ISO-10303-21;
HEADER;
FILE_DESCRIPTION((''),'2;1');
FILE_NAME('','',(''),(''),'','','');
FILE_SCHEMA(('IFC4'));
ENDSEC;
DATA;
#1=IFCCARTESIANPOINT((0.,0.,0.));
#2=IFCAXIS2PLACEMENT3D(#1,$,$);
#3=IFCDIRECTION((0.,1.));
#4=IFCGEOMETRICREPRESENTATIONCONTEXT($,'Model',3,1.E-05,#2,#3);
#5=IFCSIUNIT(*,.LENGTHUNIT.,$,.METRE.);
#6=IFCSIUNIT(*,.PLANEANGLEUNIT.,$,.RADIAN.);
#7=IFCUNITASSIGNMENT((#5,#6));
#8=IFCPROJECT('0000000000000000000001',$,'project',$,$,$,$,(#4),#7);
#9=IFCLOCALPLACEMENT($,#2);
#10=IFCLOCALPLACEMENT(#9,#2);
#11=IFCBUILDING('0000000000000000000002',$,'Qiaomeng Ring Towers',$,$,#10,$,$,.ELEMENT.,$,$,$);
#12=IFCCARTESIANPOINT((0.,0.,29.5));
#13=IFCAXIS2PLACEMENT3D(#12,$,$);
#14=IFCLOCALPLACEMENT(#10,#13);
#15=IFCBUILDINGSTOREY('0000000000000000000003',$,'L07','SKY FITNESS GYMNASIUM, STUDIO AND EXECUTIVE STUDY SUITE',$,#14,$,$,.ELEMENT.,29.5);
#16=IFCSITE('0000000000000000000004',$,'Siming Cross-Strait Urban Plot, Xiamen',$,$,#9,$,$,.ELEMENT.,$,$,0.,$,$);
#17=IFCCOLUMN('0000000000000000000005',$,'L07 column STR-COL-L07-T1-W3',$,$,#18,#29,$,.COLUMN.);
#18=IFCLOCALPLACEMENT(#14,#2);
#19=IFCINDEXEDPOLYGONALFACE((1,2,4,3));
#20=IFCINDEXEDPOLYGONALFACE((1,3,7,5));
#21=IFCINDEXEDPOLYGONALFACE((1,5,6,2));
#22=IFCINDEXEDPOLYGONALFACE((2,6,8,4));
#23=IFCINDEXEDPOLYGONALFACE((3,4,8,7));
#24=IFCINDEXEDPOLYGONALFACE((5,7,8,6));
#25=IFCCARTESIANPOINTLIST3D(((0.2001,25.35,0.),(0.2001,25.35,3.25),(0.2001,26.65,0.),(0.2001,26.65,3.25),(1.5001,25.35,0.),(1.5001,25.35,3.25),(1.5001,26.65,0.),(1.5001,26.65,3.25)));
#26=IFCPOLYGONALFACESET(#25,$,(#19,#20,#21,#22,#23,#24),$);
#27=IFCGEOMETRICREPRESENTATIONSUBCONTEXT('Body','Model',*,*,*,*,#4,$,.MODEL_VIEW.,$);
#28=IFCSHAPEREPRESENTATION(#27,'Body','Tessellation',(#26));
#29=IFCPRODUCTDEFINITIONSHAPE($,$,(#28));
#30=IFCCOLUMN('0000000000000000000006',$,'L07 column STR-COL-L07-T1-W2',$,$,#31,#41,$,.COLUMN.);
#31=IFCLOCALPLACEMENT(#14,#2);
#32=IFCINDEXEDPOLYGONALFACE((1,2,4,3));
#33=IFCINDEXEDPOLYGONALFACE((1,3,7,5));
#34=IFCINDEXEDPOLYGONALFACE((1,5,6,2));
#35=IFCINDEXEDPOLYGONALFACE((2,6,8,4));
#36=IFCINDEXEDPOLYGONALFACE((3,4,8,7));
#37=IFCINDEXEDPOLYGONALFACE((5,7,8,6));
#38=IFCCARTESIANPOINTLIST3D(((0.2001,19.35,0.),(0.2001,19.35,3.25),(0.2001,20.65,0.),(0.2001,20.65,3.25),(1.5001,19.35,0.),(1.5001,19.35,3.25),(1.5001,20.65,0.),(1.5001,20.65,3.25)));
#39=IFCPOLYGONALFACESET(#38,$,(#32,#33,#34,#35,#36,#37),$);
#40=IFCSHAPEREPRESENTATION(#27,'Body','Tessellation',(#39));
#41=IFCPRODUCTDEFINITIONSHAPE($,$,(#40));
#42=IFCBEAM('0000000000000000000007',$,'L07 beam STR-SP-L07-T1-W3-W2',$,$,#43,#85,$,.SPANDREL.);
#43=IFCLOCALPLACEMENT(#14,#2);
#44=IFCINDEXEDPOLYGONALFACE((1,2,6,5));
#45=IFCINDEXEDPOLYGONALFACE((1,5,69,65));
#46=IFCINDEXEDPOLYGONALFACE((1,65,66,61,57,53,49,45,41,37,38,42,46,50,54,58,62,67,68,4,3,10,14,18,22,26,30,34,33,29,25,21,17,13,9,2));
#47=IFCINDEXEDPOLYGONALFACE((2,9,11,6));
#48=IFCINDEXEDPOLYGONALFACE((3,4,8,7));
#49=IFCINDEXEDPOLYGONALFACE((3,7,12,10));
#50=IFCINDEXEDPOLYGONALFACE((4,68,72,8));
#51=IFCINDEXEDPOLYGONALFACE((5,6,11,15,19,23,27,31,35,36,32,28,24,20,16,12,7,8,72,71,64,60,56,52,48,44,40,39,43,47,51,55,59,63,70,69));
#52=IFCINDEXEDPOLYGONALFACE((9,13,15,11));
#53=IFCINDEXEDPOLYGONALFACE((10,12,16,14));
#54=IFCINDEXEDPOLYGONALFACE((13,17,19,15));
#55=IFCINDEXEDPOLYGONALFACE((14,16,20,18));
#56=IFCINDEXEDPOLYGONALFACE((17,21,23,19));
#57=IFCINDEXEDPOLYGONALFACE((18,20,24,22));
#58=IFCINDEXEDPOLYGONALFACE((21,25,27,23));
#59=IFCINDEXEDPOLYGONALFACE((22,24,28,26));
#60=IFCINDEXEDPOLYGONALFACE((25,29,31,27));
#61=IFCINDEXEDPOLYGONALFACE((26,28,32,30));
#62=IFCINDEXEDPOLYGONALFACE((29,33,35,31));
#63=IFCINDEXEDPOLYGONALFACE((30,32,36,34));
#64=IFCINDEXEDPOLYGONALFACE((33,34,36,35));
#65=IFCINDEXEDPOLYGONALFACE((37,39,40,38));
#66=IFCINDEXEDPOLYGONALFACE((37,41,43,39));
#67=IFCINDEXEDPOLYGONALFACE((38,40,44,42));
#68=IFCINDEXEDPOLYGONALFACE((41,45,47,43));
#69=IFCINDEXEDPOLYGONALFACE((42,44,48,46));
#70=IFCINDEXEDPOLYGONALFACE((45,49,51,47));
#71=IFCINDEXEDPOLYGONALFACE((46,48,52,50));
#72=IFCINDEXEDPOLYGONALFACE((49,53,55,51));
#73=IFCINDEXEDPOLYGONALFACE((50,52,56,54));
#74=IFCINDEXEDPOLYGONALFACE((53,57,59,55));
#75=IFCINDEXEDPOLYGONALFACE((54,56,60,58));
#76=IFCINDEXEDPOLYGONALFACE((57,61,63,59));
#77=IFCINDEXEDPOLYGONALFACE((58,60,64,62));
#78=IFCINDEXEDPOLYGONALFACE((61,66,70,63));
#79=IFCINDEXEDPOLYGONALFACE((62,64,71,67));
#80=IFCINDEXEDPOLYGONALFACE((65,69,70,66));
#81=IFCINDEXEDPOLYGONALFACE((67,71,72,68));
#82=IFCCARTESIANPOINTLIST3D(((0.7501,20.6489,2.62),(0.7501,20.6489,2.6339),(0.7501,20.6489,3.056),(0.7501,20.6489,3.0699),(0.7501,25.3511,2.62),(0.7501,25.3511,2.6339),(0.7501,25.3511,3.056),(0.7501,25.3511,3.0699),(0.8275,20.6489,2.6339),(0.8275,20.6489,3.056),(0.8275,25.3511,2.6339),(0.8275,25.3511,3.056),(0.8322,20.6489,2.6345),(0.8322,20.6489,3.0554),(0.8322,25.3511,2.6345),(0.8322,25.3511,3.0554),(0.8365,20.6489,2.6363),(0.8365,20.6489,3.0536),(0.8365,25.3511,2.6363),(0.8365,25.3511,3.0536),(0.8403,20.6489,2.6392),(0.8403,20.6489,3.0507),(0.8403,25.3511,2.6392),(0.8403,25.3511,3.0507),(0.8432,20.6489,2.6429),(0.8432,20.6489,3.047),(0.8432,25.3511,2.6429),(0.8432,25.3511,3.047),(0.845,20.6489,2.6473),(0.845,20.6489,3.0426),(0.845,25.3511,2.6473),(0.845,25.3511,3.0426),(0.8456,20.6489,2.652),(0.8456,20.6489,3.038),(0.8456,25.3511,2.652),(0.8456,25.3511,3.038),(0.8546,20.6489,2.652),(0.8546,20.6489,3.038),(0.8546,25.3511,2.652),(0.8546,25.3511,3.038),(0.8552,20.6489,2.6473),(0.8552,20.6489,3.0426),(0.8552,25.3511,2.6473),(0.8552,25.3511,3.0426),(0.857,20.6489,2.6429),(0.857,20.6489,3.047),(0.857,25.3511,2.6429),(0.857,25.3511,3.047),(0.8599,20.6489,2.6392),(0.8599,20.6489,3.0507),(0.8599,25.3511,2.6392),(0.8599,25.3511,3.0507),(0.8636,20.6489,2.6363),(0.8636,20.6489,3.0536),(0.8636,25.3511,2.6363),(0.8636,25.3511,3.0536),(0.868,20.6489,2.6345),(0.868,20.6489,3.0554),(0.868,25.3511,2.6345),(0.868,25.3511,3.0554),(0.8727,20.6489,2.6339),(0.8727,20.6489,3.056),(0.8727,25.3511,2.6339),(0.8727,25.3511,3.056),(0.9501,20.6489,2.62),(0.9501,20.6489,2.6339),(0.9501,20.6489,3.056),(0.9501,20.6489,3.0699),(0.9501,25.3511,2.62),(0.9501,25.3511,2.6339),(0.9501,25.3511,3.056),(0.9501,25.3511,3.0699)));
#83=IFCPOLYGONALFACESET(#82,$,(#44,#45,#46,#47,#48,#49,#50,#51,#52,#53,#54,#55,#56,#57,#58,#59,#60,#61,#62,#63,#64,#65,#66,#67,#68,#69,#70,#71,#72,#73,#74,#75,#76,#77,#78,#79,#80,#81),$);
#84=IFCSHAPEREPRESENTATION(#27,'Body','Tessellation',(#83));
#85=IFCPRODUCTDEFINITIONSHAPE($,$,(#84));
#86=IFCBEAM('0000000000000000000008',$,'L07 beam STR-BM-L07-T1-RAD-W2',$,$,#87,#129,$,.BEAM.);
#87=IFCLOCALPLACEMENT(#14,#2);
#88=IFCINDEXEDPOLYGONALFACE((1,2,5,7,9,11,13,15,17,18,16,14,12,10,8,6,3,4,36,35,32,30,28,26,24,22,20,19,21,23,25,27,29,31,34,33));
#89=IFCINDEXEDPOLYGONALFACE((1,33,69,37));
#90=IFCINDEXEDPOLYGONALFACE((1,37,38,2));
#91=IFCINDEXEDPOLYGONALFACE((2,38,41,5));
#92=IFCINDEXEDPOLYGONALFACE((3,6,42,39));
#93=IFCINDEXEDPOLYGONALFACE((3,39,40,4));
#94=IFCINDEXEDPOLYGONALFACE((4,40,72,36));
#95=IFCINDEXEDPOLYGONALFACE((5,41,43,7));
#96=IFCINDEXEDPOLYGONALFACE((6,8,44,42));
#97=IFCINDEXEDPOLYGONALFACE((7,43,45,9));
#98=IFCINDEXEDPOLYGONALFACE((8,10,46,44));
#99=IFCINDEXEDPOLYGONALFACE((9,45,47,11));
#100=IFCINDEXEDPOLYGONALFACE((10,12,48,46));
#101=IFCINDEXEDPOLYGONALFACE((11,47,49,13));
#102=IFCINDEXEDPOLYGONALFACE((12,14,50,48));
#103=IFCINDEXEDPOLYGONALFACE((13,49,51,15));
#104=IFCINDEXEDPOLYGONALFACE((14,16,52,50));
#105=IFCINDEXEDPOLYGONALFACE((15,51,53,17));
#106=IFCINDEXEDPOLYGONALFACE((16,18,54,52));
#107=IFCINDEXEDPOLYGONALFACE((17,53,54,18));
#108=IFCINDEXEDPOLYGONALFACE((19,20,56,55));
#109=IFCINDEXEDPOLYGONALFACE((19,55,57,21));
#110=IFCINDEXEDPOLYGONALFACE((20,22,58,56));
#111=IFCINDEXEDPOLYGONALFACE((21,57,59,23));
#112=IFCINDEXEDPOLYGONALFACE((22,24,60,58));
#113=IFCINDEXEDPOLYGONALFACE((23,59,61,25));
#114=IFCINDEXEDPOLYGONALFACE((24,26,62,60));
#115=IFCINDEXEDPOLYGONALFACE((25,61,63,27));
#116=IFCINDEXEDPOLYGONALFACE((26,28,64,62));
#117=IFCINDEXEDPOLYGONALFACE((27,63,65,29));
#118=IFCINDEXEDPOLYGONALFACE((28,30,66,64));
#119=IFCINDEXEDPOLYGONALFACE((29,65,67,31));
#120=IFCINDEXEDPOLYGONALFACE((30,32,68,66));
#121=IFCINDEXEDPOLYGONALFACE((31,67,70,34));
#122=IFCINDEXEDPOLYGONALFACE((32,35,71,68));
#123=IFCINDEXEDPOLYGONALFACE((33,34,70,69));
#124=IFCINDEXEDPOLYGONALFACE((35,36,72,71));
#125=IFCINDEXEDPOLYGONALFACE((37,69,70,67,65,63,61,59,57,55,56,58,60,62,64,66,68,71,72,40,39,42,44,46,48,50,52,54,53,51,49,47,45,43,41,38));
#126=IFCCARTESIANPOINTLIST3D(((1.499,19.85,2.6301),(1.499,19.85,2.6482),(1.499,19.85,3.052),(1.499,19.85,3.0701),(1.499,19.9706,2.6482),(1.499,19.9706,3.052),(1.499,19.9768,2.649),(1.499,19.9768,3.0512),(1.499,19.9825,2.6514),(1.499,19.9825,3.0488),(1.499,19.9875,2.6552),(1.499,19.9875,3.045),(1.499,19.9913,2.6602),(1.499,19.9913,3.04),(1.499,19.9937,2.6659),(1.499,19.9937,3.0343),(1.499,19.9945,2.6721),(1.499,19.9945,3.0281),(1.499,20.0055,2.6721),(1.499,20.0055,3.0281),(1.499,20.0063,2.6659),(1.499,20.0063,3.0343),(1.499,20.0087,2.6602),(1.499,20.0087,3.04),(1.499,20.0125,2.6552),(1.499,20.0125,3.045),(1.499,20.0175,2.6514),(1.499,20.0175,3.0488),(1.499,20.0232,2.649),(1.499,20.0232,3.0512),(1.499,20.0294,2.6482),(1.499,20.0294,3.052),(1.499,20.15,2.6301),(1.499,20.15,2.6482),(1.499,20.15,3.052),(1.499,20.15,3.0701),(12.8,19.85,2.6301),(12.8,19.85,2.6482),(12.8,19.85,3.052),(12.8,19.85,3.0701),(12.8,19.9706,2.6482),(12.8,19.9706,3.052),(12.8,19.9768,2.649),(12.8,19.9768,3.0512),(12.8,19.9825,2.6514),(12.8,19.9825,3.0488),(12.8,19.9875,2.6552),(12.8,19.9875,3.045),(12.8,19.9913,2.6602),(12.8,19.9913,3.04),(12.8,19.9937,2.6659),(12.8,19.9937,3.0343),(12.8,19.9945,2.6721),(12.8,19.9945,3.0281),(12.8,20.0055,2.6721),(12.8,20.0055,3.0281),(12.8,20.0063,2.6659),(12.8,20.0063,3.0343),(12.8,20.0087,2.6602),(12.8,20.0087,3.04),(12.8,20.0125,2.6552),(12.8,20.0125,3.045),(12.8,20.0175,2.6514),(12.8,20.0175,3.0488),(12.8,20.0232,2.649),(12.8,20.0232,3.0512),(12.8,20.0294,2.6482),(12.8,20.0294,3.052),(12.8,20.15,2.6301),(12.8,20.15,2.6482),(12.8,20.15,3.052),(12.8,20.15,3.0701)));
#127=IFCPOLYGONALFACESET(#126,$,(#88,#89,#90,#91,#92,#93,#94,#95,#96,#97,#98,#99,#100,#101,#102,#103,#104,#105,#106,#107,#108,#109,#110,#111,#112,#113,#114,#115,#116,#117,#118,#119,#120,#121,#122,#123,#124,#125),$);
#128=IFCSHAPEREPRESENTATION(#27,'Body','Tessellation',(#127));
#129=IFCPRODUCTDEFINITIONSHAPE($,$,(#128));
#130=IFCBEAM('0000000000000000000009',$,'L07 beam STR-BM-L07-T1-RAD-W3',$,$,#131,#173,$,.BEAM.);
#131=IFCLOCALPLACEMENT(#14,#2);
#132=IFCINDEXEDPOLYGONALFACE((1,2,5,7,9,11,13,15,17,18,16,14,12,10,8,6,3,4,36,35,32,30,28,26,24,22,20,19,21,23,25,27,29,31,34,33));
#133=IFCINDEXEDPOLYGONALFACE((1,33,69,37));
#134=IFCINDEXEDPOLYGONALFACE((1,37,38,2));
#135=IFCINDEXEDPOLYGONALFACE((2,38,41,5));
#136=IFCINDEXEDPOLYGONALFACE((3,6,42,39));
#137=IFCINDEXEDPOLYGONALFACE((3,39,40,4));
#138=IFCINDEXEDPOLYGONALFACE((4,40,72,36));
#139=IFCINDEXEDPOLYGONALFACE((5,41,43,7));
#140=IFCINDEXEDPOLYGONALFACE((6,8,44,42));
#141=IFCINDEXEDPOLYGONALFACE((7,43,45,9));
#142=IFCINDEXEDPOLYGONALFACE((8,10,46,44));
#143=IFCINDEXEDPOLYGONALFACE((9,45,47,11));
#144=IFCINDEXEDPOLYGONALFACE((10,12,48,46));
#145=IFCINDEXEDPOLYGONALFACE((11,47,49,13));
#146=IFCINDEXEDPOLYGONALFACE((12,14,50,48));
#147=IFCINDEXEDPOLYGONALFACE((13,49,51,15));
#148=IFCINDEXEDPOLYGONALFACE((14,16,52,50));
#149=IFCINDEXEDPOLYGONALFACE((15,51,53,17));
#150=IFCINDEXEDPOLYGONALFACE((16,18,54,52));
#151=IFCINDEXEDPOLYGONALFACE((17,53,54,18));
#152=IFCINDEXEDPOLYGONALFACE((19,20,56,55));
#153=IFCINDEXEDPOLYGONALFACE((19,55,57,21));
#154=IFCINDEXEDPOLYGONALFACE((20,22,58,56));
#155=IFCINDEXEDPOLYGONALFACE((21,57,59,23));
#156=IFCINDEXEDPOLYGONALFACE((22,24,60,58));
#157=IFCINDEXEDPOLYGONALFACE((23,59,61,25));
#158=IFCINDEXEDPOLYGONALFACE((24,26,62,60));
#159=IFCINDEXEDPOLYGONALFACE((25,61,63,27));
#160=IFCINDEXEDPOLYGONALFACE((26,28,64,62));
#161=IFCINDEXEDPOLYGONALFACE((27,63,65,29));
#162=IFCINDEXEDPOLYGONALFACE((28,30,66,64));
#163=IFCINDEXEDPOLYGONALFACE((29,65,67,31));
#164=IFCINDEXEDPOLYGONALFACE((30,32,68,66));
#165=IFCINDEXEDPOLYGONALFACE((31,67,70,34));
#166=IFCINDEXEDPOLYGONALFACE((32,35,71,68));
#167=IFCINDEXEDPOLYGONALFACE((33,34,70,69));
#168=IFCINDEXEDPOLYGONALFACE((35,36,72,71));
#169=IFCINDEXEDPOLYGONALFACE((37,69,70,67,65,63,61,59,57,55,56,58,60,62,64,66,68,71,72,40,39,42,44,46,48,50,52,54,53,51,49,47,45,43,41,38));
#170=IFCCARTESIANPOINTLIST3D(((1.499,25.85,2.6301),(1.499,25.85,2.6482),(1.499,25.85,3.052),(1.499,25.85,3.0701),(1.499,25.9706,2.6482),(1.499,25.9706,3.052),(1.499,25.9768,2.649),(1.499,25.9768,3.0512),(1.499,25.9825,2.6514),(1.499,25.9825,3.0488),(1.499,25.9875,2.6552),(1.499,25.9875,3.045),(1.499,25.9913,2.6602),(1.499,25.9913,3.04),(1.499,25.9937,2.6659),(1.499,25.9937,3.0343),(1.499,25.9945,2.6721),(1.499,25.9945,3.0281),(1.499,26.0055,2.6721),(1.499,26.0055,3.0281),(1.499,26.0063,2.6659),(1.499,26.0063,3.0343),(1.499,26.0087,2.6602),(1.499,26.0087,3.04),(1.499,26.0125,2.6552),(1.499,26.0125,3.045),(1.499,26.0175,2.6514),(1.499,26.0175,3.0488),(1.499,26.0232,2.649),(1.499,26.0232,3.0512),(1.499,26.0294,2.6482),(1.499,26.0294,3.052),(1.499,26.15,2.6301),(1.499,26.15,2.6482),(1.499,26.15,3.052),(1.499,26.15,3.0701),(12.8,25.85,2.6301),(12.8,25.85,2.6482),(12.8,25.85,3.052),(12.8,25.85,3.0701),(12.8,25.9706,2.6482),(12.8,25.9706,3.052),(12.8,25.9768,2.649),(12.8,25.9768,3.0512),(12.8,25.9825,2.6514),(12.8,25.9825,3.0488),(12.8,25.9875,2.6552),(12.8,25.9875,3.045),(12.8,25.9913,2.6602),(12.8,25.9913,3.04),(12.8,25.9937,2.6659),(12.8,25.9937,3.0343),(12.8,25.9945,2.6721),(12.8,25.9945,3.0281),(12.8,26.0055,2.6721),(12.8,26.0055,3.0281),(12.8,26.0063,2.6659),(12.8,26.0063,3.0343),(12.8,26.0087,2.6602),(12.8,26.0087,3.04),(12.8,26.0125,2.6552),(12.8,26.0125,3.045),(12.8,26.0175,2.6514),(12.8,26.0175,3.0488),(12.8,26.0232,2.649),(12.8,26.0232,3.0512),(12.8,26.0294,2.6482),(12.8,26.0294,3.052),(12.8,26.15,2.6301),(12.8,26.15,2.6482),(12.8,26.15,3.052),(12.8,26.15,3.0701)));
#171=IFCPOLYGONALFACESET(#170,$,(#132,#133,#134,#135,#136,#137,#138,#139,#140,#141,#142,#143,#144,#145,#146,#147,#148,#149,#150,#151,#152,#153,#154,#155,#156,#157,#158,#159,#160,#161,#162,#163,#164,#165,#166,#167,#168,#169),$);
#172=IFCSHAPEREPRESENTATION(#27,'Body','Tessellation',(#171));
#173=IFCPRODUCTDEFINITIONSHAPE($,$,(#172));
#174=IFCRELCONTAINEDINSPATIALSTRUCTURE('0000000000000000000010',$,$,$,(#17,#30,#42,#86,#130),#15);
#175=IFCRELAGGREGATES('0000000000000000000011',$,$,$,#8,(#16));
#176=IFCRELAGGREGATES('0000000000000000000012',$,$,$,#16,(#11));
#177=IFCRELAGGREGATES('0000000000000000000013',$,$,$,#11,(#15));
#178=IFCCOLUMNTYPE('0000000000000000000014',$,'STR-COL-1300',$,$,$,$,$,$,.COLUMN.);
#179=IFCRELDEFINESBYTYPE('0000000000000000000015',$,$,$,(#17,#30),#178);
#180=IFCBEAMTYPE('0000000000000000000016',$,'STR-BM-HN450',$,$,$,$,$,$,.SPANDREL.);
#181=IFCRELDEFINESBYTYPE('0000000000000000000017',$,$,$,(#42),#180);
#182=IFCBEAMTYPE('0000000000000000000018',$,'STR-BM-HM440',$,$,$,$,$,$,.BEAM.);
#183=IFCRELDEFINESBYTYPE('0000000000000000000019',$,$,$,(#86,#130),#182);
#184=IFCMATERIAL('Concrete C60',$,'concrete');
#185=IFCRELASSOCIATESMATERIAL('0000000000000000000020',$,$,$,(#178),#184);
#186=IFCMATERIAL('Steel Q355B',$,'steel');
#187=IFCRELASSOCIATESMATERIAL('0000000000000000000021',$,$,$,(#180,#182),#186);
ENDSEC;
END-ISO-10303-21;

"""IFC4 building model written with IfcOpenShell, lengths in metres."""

from ifc_helpers import new_model, si_unit, direction, frame, origin, origin_2d, place, context, subcontext, project, spatial, rectangle, i_section, extrude, source, transform, mapped, material, material_profile, profile_set, type_object, element, save


model = new_model("IFC4")

# Units and contexts
model_context = context("Model", 3, precision=1e-05, world=origin(), true_north=direction((0.0, 1.0)))
body_context = subcontext(model_context, "Body", "Model", "MODEL_VIEW")
ifc_project = project(units=[si_unit("LENGTHUNIT", "METRE"), si_unit("PLANEANGLEUNIT", "RADIAN")], contexts=[model_context])

# Site, building, storey
site_placement = place(None, origin())
site = spatial("IfcSite", under=ifc_project, at=site_placement, Name="Siming Cross-Strait Urban Plot, Xiamen", CompositionType="ELEMENT", RefElevation=0.0)
building_placement = place(site_placement, origin())
building = spatial("IfcBuilding", under=site, at=building_placement, Name="Qiaomeng Ring Towers", CompositionType="ELEMENT")
storey_placement = place(building_placement, frame((0.0, 0.0, 29.5)))
storey = spatial("IfcBuildingStorey", under=building, at=storey_placement, Name="L07", Description="SKY FITNESS GYMNASIUM, STUDIO AND EXECUTIVE STUDY SUITE", CompositionType="ELEMENT", Elevation=29.5)

# Columns
ifc_material_1 = material(Name="Concrete C60", Category="concrete")
ifc_material_profile_1 = material_profile(ifc_material_1, rectangle(XDim=1.3, YDim=1.3, at=origin_2d()), Name="RC COL 1300x1300")
ifc_profile_set_1 = profile_set([ifc_material_profile_1], Name="Concrete C60")
column_type = type_object("IfcColumnType", Name="STR-COL-1300", PredefinedType="COLUMN", material=ifc_profile_set_1)
shared_shape_1 = source(origin(), body_context, "Body", "SweptSolid", [
    extrude(rectangle(XDim=1.3, YDim=1.3, at=origin_2d()), origin(), (0.0, 0.0, 1.0), 3.25),
])
for number, where, z_axis, x_axis, name in (
    (1, (0.8501, 26.0, 0.0), (0.0, 0.0, 1.0), (1.0, 0.0, 0.0), "L07 column STR-COL-L07-T1-W3"),
    (2, (0.8501, 20.0, 0.0), (0.0, 0.0, 1.0), (1.0, 0.0, 0.0), "L07 column STR-COL-L07-T1-W2"),
):
    element("IfcColumn", number, at=place(storey_placement, frame(where, z_axis=z_axis, x_axis=x_axis)), inside=storey, type_object=column_type, Name=name, PredefinedType="COLUMN", context=body_context, shape_type="MappedRepresentation", body=[
        mapped(shared_shape_1, transform((0.0, 0.0, 0.0), x_axis=(1.0, 0.0, 0.0), y_axis=(0.0, 1.0, 0.0), z_axis=(0.0, 0.0, 1.0), scale=1.0)),
    ])

# Beams
ifc_material_2 = material(Name="Steel Q355B", Category="steel")
ifc_material_profile_2 = material_profile(ifc_material_2, i_section(OverallWidth=0.2, OverallDepth=0.45, WebThickness=0.009, FlangeThickness=0.0139, FilletRadius=0.0181, at=origin_2d()), Name="HN 450x200x9x14")
ifc_profile_set_2 = profile_set([ifc_material_profile_2], Name="Steel Q355B")
beam_type_1 = type_object("IfcBeamType", Name="STR-BM-HN450", PredefinedType="SPANDREL", material=ifc_profile_set_2)
shared_shape_2 = source(origin(), body_context, "Body", "SweptSolid", [
    extrude(i_section(OverallWidth=0.2, OverallDepth=0.45, WebThickness=0.009, FlangeThickness=0.0139, FilletRadius=0.0181, at=origin_2d()), origin(), (0.0, 0.0, 1.0), 4.7021),
])
beam_1_placement = place(storey_placement, frame((0.8501, 25.3511, 2.845), z_axis=(0.0, -1.0, 0.0), x_axis=(1.0, 0.0, 0.0)))
element("IfcBeam", 3, at=beam_1_placement, inside=storey, type_object=beam_type_1, Name="L07 beam STR-SP-L07-T1-W3-W2", PredefinedType="SPANDREL", context=body_context, shape_type="MappedRepresentation", body=[
    mapped(shared_shape_2, transform((0.0, 0.0, 0.0), x_axis=(1.0, 0.0, 0.0), y_axis=(0.0, 1.0, 0.0), z_axis=(0.0, 0.0, 1.0), scale=1.0)),
])
ifc_material_profile_3 = material_profile(ifc_material_2, i_section(OverallWidth=0.3, OverallDepth=0.4399, WebThickness=0.011, FlangeThickness=0.0181, FilletRadius=0.0239, at=origin_2d()), Name="HM 440x300x11x18")
ifc_profile_set_3 = profile_set([ifc_material_profile_3], Name="Steel Q355B")
beam_type_2 = type_object("IfcBeamType", Name="STR-BM-HM440", PredefinedType="BEAM", material=ifc_profile_set_3)
shared_shape_3 = source(origin(), body_context, "Body", "SweptSolid", [
    extrude(i_section(OverallWidth=0.3, OverallDepth=0.4399, WebThickness=0.011, FlangeThickness=0.0181, FilletRadius=0.0239, at=origin_2d()), origin(), (0.0, 0.0, 1.0), 11.301),
])
for number, where, z_axis, x_axis, name in (
    (4, (1.499, 20.0, 2.8501), (1.0, 0.0, 0.0), (0.0, 1.0, 0.0), "L07 beam STR-BM-L07-T1-RAD-W2"),
    (5, (1.499, 26.0, 2.8501), (1.0, 0.0, 0.0), (0.0, 1.0, 0.0), "L07 beam STR-BM-L07-T1-RAD-W3"),
):
    element("IfcBeam", number, at=place(storey_placement, frame(where, z_axis=z_axis, x_axis=x_axis)), inside=storey, type_object=beam_type_2, Name=name, PredefinedType="BEAM", context=body_context, shape_type="MappedRepresentation", body=[
        mapped(shared_shape_3, transform((0.0, 0.0, 0.0), x_axis=(1.0, 0.0, 0.0), y_axis=(0.0, 1.0, 0.0), z_axis=(0.0, 0.0, 1.0), scale=1.0)),
    ])

save(model, "model.ifc")
